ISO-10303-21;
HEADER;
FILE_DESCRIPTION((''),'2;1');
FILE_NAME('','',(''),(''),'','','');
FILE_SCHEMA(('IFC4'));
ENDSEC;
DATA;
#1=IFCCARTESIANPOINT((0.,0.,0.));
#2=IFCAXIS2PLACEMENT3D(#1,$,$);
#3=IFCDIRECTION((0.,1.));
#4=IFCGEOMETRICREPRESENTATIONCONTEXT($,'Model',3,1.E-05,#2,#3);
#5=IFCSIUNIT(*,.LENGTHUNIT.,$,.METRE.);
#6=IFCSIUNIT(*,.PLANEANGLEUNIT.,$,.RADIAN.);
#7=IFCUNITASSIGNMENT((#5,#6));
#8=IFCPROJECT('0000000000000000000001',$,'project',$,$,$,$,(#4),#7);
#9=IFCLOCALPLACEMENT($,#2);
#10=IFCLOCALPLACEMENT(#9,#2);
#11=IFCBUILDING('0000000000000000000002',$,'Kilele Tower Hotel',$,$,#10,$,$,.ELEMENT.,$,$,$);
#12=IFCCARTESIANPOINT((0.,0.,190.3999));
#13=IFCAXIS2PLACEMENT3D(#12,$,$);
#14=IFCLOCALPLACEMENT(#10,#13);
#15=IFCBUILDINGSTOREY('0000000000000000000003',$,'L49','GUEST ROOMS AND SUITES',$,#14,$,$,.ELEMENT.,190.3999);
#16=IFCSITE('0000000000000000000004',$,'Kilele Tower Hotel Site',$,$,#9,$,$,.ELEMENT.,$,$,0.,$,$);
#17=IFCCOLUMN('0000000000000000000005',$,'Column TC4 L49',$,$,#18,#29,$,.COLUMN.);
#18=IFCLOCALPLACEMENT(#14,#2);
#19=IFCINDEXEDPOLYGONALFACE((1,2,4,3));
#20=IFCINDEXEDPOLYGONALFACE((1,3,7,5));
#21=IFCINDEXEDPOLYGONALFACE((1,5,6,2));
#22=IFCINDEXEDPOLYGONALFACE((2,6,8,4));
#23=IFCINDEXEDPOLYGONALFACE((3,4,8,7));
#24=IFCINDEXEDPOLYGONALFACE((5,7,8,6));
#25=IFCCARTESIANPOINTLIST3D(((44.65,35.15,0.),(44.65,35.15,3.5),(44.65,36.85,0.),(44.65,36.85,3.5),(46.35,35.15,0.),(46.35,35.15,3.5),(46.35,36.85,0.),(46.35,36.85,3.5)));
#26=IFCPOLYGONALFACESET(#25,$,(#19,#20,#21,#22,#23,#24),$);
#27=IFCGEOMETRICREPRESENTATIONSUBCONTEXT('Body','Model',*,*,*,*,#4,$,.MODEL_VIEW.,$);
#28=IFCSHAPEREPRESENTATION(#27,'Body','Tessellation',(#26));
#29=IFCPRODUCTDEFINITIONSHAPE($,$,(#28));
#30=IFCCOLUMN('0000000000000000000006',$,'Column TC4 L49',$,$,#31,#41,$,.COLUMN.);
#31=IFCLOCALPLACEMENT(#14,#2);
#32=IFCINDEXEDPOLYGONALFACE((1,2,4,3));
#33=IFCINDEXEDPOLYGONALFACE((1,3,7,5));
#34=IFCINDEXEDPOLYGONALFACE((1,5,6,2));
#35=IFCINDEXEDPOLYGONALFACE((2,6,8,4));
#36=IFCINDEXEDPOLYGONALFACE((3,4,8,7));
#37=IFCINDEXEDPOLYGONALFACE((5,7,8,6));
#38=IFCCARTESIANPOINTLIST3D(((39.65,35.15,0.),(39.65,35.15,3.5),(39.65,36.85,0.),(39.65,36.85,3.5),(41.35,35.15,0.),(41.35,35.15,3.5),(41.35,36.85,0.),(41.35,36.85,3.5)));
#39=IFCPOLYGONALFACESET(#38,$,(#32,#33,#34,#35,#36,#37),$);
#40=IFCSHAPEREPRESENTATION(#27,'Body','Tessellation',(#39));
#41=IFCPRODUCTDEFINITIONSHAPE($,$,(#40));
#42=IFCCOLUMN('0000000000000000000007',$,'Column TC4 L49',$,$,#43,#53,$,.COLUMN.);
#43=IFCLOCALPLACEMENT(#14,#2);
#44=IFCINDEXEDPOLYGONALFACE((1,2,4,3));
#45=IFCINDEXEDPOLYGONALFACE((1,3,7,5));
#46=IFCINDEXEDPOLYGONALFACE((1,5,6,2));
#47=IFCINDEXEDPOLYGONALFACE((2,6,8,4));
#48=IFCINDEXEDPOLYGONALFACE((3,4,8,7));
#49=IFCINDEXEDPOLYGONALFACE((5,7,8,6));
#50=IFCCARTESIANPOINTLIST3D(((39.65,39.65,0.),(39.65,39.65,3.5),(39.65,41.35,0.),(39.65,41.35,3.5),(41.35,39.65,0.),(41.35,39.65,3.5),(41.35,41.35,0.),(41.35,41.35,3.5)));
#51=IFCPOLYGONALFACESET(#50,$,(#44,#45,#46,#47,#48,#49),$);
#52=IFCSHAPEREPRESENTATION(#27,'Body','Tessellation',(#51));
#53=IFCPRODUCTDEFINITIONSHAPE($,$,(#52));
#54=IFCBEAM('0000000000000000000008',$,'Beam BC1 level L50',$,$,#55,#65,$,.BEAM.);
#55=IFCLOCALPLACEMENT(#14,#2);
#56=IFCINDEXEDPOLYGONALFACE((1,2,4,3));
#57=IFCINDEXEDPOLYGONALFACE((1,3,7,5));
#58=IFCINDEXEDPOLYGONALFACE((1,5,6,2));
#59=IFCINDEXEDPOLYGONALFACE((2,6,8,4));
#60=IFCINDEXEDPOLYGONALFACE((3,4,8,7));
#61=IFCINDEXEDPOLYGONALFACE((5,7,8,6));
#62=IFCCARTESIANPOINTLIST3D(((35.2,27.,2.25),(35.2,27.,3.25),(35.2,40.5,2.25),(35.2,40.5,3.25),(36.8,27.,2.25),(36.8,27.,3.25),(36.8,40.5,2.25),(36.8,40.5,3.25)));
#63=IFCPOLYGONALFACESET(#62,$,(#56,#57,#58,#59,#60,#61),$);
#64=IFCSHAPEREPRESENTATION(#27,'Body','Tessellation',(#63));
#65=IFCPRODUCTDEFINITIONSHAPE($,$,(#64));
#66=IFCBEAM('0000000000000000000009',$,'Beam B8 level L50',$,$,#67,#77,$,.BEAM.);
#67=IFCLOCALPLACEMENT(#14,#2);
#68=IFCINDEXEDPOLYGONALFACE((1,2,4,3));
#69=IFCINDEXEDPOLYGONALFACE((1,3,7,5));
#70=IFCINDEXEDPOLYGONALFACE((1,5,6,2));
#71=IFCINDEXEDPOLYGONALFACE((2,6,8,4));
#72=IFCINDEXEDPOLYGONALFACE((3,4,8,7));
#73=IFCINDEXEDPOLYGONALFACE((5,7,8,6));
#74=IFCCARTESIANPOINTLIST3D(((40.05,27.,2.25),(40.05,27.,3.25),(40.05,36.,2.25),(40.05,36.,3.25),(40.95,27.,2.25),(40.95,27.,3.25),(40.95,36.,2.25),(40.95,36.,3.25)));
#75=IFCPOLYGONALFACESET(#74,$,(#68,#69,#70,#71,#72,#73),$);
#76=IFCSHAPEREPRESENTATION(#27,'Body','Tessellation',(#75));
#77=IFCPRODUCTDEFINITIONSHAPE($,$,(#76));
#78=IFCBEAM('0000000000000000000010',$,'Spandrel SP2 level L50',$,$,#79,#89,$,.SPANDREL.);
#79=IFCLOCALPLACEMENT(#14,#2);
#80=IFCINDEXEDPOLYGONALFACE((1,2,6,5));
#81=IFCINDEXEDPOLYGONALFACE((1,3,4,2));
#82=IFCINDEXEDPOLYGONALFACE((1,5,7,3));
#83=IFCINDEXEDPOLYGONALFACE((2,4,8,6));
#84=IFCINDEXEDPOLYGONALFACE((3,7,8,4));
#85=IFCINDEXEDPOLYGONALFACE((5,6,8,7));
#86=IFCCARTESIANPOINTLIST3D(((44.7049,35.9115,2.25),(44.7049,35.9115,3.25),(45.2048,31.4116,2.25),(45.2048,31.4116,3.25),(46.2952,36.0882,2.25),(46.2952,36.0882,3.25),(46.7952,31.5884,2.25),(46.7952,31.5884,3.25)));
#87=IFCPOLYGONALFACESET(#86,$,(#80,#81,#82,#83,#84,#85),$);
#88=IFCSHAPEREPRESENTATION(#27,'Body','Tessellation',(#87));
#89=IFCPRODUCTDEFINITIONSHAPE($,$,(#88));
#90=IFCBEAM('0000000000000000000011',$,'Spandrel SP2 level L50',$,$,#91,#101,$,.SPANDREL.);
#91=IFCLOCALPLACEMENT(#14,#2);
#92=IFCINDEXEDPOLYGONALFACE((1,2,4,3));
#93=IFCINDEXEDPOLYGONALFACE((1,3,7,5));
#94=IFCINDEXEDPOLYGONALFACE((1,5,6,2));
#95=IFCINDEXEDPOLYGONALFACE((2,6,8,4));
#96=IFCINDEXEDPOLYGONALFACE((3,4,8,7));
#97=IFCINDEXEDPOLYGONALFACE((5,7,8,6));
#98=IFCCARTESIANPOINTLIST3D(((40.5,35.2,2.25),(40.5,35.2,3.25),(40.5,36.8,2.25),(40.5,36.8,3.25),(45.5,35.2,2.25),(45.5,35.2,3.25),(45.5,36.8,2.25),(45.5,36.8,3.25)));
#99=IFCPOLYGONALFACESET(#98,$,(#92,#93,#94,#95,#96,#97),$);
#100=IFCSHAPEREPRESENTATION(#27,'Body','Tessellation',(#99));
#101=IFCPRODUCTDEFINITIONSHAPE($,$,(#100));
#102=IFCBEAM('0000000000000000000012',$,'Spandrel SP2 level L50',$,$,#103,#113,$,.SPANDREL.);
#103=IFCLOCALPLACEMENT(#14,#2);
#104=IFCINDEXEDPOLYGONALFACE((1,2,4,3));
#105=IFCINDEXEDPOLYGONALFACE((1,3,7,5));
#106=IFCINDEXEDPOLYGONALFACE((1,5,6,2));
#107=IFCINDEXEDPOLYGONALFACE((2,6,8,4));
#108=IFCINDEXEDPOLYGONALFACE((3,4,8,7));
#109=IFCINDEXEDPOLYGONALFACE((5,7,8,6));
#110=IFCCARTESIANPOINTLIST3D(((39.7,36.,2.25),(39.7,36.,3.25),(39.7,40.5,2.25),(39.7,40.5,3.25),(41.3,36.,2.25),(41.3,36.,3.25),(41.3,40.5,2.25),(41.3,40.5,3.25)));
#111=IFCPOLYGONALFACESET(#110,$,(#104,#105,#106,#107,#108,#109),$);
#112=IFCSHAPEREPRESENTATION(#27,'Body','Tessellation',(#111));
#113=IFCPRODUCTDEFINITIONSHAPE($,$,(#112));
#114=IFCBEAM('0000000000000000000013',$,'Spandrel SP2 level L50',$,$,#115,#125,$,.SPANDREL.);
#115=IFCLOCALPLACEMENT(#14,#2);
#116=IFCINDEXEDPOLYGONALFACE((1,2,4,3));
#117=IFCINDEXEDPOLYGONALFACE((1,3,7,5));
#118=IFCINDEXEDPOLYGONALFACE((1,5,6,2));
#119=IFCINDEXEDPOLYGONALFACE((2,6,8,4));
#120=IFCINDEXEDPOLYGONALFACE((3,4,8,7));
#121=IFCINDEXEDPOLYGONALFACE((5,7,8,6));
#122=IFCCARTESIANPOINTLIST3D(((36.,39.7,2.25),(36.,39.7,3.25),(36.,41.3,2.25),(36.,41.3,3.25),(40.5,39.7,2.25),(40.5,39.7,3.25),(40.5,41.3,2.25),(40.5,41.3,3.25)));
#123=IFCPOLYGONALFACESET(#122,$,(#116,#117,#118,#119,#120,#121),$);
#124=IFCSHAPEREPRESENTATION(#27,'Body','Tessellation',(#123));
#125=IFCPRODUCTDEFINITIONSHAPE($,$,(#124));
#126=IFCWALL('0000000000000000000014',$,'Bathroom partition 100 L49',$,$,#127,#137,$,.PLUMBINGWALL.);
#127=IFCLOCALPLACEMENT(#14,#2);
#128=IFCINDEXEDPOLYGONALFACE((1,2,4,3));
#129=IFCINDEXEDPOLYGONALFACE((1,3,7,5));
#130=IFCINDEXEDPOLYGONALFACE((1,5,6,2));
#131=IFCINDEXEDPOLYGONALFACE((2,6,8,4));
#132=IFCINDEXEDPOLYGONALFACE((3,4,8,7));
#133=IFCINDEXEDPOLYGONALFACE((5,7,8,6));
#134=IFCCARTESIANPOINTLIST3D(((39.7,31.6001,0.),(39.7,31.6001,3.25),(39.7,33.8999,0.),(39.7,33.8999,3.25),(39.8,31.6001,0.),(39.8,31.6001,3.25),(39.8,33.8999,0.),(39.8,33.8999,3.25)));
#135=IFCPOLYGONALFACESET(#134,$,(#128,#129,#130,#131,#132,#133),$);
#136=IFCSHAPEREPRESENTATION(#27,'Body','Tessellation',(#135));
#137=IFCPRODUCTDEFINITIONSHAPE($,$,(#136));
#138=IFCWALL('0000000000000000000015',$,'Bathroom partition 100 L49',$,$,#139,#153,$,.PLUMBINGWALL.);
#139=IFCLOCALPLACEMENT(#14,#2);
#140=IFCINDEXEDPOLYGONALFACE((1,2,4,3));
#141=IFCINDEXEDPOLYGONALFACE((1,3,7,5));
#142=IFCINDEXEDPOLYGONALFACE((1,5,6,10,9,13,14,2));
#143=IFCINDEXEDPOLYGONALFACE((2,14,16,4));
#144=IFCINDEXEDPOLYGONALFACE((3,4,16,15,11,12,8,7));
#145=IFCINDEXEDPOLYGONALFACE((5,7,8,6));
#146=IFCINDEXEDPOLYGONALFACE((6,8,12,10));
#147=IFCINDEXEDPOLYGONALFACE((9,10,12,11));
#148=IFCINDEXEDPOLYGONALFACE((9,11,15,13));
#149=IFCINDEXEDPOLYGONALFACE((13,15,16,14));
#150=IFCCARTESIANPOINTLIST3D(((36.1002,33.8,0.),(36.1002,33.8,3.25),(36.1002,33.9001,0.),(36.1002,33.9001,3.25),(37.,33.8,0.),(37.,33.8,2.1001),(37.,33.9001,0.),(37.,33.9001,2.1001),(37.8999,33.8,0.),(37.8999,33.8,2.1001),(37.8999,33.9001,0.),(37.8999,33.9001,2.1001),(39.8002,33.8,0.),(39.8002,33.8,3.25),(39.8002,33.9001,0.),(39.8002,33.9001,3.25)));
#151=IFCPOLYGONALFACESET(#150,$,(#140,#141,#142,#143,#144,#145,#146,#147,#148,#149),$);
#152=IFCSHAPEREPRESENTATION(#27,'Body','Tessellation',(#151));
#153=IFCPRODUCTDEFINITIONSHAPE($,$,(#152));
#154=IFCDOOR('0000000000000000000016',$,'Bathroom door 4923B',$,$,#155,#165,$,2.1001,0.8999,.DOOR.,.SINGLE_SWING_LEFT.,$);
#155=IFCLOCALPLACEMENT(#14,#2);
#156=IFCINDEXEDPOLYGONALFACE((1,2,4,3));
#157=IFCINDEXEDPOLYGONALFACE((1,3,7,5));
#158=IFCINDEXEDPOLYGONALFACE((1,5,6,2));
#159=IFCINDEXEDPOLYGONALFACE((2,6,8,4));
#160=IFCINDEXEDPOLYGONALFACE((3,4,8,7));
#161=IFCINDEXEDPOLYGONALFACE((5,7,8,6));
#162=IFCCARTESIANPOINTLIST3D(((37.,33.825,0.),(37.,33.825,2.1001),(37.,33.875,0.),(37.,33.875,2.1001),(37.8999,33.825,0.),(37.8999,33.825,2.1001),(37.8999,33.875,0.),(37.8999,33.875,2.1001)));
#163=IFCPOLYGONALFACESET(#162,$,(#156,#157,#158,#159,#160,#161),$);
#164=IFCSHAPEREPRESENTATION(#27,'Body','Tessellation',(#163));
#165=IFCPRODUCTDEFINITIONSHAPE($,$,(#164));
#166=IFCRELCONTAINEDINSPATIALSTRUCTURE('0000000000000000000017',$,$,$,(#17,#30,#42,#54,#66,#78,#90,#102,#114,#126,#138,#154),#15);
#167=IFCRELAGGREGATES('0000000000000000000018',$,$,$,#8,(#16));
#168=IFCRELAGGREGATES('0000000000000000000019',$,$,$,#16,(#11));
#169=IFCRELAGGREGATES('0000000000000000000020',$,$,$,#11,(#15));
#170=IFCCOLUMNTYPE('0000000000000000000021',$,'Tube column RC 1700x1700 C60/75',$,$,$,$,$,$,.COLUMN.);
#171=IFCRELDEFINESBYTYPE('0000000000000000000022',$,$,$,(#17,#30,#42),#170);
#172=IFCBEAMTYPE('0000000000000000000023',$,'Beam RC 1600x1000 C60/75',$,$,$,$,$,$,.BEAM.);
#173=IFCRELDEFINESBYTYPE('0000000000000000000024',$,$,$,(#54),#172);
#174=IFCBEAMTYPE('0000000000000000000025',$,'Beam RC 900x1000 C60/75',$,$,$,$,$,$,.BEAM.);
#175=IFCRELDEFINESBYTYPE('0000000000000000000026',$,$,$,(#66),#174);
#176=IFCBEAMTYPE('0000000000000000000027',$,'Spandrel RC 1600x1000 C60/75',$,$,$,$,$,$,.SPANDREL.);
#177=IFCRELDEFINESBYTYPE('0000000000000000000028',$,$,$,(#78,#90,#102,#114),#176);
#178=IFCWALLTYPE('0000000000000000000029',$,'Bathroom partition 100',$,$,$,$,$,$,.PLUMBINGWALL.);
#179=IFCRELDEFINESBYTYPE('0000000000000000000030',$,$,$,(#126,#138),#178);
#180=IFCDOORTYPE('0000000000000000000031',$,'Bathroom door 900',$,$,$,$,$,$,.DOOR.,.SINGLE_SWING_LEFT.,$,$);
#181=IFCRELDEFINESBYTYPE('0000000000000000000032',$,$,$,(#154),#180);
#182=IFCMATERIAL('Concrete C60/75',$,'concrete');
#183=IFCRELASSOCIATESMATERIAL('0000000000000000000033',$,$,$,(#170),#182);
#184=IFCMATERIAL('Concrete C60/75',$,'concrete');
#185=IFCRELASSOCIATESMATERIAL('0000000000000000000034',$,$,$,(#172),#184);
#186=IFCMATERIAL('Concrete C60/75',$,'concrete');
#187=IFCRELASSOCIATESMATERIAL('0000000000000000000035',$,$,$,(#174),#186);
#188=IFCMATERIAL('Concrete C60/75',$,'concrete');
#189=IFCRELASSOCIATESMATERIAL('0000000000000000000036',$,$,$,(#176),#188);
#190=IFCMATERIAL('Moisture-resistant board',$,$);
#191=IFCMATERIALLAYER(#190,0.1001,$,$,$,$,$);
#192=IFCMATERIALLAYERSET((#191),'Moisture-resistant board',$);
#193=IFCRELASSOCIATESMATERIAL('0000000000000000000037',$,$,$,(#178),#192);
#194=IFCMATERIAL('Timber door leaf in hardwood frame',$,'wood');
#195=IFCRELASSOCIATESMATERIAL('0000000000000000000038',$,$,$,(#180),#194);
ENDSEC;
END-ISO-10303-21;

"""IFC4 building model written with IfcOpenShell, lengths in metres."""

from ifc_helpers import new_model, si_unit, direction, frame, frame_2d, origin, origin_2d, place, context, subcontext, project, spatial, rectangle, extrude, material, layer, layer_set, material_profile, profile_set, type_object, element, fill, save


model = new_model("IFC4")

# Units and contexts
model_context = context("Model", 3, precision=1e-05, world=origin(), true_north=direction((0.0, 1.0)))
body_context = subcontext(model_context, "Body", "Model", "MODEL_VIEW")
ifc_project = project(units=[si_unit("LENGTHUNIT", "METRE"), si_unit("PLANEANGLEUNIT", "RADIAN")], contexts=[model_context])

# Site, building, storey
site_placement = place(None, origin())
site = spatial("IfcSite", under=ifc_project, at=site_placement, Name="Kilele Tower Hotel Site", CompositionType="ELEMENT", RefElevation=0.0)
building_placement = place(site_placement, origin())
building = spatial("IfcBuilding", under=site, at=building_placement, Name="Kilele Tower Hotel", CompositionType="ELEMENT")
storey_placement = place(building_placement, frame((0.0, 0.0, 190.3999)))
storey = spatial("IfcBuildingStorey", under=building, at=storey_placement, Name="L49", Description="GUEST ROOMS AND SUITES", CompositionType="ELEMENT", Elevation=190.3999)

# Columns
ifc_material_1 = material(Name="Concrete C60/75", Category="concrete")
ifc_material_profile_1 = material_profile(ifc_material_1, rectangle(XDim=1.7, YDim=1.7, at=origin_2d()))
ifc_profile_set_1 = profile_set([ifc_material_profile_1], Name="Concrete C60/75")
column_type = type_object("IfcColumnType", Name="Tube column RC 1700x1700 C60/75", PredefinedType="COLUMN", material=ifc_profile_set_1)
for number, where, z_axis, x_axis, name in (
    (1, (45.5, 36.0, 0.0), (0.0, 0.0, 1.0), (1.0, 0.0, 0.0), "Column TC4 L49"),
    (2, (40.5, 36.0, 0.0), (0.0, 0.0, 1.0), (1.0, 0.0, 0.0), "Column TC4 L49"),
    (3, (40.5, 40.5, 0.0), (0.0, 0.0, 1.0), (1.0, 0.0, 0.0), "Column TC4 L49"),
):
    element("IfcColumn", number, at=place(storey_placement, frame(where, z_axis=z_axis, x_axis=x_axis)), inside=storey, type_object=column_type, Name=name, PredefinedType="COLUMN", context=body_context, shape_type="SweptSolid", body=[
        extrude(rectangle(XDim=1.7, YDim=1.7, at=origin_2d()), origin(), (0.0, 0.0, 1.0), 3.5),
    ])

# Beams
ifc_material_2 = material(Name="Concrete C60/75", Category="concrete")
ifc_material_profile_2 = material_profile(ifc_material_2, rectangle(XDim=1.6001, YDim=1.0, at=origin_2d()))
ifc_profile_set_2 = profile_set([ifc_material_profile_2], Name="Concrete C60/75")
beam_type_1 = type_object("IfcBeamType", Name="Beam RC 1600x1000 C60/75", PredefinedType="BEAM", material=ifc_profile_set_2)
beam_1_placement = place(storey_placement, frame((36.0, 40.5, 2.75), z_axis=(0.0, -1.0, 0.0), x_axis=(1.0, 0.0, 0.0)))
element("IfcBeam", 4, at=beam_1_placement, inside=storey, type_object=beam_type_1, Name="Beam BC1 level L50", PredefinedType="BEAM", context=body_context, shape_type="SweptSolid", body=[
    extrude(rectangle(XDim=1.6001, YDim=1.0, at=origin_2d()), origin(), (0.0, 0.0, 1.0), 13.5),
])
ifc_material_3 = material(Name="Concrete C60/75", Category="concrete")
ifc_material_profile_3 = material_profile(ifc_material_3, rectangle(XDim=0.8999, YDim=1.0, at=origin_2d()))
ifc_profile_set_3 = profile_set([ifc_material_profile_3], Name="Concrete C60/75")
beam_type_2 = type_object("IfcBeamType", Name="Beam RC 900x1000 C60/75", PredefinedType="BEAM", material=ifc_profile_set_3)
beam_2_placement = place(storey_placement, frame((40.5, 36.0, 2.75), z_axis=(0.0, -1.0, 0.0), x_axis=(1.0, 0.0, 0.0)))
element("IfcBeam", 5, at=beam_2_placement, inside=storey, type_object=beam_type_2, Name="Beam B8 level L50", PredefinedType="BEAM", context=body_context, shape_type="SweptSolid", body=[
    extrude(rectangle(XDim=0.8999, YDim=1.0, at=origin_2d()), origin(), (0.0, 0.0, 1.0), 9.0),
])
ifc_material_4 = material(Name="Concrete C60/75", Category="concrete")
ifc_material_profile_4 = material_profile(ifc_material_4, rectangle(XDim=1.6001, YDim=1.0, at=origin_2d()))
ifc_profile_set_4 = profile_set([ifc_material_profile_4], Name="Concrete C60/75")
beam_type_3 = type_object("IfcBeamType", Name="Spandrel RC 1600x1000 C60/75", PredefinedType="SPANDREL", material=ifc_profile_set_4)
beam_3_placement = place(storey_placement, frame((46.0, 31.5, 2.75), z_axis=(-0.110432, 0.993884, 0.0), x_axis=(-0.993884, -0.110432, 0.0)))
element("IfcBeam", 6, at=beam_3_placement, inside=storey, type_object=beam_type_3, Name="Spandrel SP2 level L50", PredefinedType="SPANDREL", context=body_context, shape_type="SweptSolid", body=[
    extrude(rectangle(XDim=1.6001, YDim=1.0, at=origin_2d()), origin(), (0.0, 0.0, 1.0), 4.5276),
])
beam_4_placement = place(storey_placement, frame((45.5, 36.0, 2.75), z_axis=(-1.0, 0.0, 0.0), x_axis=(0.0, -1.0, 0.0)))
element("IfcBeam", 7, at=beam_4_placement, inside=storey, type_object=beam_type_3, Name="Spandrel SP2 level L50", PredefinedType="SPANDREL", context=body_context, shape_type="SweptSolid", body=[
    extrude(rectangle(XDim=1.6001, YDim=1.0, at=origin_2d()), origin(), (0.0, 0.0, 1.0), 5.0),
])
for number, where, z_axis, x_axis, name in (
    (8, (40.5, 36.0, 2.75), (0.0, 1.0, 0.0), (-1.0, 0.0, 0.0), "Spandrel SP2 level L50"),
    (9, (40.5, 40.5, 2.75), (-1.0, 0.0, 0.0), (0.0, -1.0, 0.0), "Spandrel SP2 level L50"),
):
    element("IfcBeam", number, at=place(storey_placement, frame(where, z_axis=z_axis, x_axis=x_axis)), inside=storey, type_object=beam_type_3, Name=name, PredefinedType="SPANDREL", context=body_context, shape_type="SweptSolid", body=[
        extrude(rectangle(XDim=1.6001, YDim=1.0, at=origin_2d()), origin(), (0.0, 0.0, 1.0), 4.5),
    ])

# Wall
ifc_material_5 = material(Name="Moisture-resistant board")
ifc_layer_1 = layer(ifc_material_5, 0.1001)
ifc_layer_set_1 = layer_set([ifc_layer_1], Name="Moisture-resistant board")
wall_type_1 = type_object("IfcWallType", Name="Bathroom partition 100", PredefinedType="PLUMBINGWALL", material=ifc_layer_set_1)
wall_1_placement = place(storey_placement, frame((39.75, 31.6001, 0.0), z_axis=(0.0, 0.0, 1.0), x_axis=(0.0, 1.0, 0.0)))
element("IfcWall", 10, at=wall_1_placement, inside=storey, type_object=wall_type_1, Name="Bathroom partition 100 L49", PredefinedType="PLUMBINGWALL", context=body_context, shape_type="SweptSolid", body=[
    extrude(rectangle(XDim=2.2998, YDim=0.1001, at=frame_2d((1.1499, 0.0))), origin(), (0.0, 0.0, 1.0), 3.25),
])

# Wall, opening, door
wall_2_placement = place(storey_placement, frame((36.1001, 33.8501, 0.0), z_axis=(0.0, 0.0, 1.0), x_axis=(1.0, 0.0, 0.0)))
wall_2 = element("IfcWall", 11, at=wall_2_placement, inside=storey, type_object=wall_type_1, Name="Bathroom partition 100 L49", PredefinedType="PLUMBINGWALL", context=body_context, shape_type="SweptSolid", body=[
    extrude(rectangle(XDim=3.7, YDim=0.1001, at=frame_2d((1.8501, 0.0))), origin(), (0.0, 0.0, 1.0), 3.25),
])
opening_1_placement = place(wall_2_placement, frame((0.8999, 0.0, 0.0)))
opening_1 = element("IfcOpeningElement", 12, at=opening_1_placement, cuts=wall_2, PredefinedType="OPENING", context=body_context, shape_type="SweptSolid", body=[
    extrude(rectangle(XDim=0.8999, YDim=2.1001, at=frame_2d((0.45, 1.05))), frame((0.0, 0.0601, 0.0), z_axis=(0.0, -1.0, 0.0), x_axis=(1.0, 0.0, 0.0)), (0.0, 0.0, 1.0), 0.1201),
])
ifc_material_6 = material(Name="Timber door leaf in hardwood frame", Category="wood")
door_type_1 = type_object("IfcDoorType", Name="Bathroom door 900", OperationType="SINGLE_SWING_LEFT", PredefinedType="DOOR", material=ifc_material_6)
door_1_placement = place(opening_1_placement, origin())
door_1 = element("IfcDoor", 13, at=door_1_placement, inside=storey, type_object=door_type_1, Name="Bathroom door 4923B", OperationType="SINGLE_SWING_LEFT", OverallHeight=2.1001, OverallWidth=0.8999, PredefinedType="DOOR", context=body_context, shape_type="SweptSolid", body=[
    extrude(rectangle(XDim=0.8999, YDim=2.1001, at=frame_2d((0.45, 1.05))), frame((0.0, 0.0249, 0.0), z_axis=(0.0, -1.0, 0.0), x_axis=(1.0, 0.0, 0.0)), (0.0, 0.0, 1.0), 0.05),
])
fill(opening_1, door_1)

save(model, "model.ifc")
